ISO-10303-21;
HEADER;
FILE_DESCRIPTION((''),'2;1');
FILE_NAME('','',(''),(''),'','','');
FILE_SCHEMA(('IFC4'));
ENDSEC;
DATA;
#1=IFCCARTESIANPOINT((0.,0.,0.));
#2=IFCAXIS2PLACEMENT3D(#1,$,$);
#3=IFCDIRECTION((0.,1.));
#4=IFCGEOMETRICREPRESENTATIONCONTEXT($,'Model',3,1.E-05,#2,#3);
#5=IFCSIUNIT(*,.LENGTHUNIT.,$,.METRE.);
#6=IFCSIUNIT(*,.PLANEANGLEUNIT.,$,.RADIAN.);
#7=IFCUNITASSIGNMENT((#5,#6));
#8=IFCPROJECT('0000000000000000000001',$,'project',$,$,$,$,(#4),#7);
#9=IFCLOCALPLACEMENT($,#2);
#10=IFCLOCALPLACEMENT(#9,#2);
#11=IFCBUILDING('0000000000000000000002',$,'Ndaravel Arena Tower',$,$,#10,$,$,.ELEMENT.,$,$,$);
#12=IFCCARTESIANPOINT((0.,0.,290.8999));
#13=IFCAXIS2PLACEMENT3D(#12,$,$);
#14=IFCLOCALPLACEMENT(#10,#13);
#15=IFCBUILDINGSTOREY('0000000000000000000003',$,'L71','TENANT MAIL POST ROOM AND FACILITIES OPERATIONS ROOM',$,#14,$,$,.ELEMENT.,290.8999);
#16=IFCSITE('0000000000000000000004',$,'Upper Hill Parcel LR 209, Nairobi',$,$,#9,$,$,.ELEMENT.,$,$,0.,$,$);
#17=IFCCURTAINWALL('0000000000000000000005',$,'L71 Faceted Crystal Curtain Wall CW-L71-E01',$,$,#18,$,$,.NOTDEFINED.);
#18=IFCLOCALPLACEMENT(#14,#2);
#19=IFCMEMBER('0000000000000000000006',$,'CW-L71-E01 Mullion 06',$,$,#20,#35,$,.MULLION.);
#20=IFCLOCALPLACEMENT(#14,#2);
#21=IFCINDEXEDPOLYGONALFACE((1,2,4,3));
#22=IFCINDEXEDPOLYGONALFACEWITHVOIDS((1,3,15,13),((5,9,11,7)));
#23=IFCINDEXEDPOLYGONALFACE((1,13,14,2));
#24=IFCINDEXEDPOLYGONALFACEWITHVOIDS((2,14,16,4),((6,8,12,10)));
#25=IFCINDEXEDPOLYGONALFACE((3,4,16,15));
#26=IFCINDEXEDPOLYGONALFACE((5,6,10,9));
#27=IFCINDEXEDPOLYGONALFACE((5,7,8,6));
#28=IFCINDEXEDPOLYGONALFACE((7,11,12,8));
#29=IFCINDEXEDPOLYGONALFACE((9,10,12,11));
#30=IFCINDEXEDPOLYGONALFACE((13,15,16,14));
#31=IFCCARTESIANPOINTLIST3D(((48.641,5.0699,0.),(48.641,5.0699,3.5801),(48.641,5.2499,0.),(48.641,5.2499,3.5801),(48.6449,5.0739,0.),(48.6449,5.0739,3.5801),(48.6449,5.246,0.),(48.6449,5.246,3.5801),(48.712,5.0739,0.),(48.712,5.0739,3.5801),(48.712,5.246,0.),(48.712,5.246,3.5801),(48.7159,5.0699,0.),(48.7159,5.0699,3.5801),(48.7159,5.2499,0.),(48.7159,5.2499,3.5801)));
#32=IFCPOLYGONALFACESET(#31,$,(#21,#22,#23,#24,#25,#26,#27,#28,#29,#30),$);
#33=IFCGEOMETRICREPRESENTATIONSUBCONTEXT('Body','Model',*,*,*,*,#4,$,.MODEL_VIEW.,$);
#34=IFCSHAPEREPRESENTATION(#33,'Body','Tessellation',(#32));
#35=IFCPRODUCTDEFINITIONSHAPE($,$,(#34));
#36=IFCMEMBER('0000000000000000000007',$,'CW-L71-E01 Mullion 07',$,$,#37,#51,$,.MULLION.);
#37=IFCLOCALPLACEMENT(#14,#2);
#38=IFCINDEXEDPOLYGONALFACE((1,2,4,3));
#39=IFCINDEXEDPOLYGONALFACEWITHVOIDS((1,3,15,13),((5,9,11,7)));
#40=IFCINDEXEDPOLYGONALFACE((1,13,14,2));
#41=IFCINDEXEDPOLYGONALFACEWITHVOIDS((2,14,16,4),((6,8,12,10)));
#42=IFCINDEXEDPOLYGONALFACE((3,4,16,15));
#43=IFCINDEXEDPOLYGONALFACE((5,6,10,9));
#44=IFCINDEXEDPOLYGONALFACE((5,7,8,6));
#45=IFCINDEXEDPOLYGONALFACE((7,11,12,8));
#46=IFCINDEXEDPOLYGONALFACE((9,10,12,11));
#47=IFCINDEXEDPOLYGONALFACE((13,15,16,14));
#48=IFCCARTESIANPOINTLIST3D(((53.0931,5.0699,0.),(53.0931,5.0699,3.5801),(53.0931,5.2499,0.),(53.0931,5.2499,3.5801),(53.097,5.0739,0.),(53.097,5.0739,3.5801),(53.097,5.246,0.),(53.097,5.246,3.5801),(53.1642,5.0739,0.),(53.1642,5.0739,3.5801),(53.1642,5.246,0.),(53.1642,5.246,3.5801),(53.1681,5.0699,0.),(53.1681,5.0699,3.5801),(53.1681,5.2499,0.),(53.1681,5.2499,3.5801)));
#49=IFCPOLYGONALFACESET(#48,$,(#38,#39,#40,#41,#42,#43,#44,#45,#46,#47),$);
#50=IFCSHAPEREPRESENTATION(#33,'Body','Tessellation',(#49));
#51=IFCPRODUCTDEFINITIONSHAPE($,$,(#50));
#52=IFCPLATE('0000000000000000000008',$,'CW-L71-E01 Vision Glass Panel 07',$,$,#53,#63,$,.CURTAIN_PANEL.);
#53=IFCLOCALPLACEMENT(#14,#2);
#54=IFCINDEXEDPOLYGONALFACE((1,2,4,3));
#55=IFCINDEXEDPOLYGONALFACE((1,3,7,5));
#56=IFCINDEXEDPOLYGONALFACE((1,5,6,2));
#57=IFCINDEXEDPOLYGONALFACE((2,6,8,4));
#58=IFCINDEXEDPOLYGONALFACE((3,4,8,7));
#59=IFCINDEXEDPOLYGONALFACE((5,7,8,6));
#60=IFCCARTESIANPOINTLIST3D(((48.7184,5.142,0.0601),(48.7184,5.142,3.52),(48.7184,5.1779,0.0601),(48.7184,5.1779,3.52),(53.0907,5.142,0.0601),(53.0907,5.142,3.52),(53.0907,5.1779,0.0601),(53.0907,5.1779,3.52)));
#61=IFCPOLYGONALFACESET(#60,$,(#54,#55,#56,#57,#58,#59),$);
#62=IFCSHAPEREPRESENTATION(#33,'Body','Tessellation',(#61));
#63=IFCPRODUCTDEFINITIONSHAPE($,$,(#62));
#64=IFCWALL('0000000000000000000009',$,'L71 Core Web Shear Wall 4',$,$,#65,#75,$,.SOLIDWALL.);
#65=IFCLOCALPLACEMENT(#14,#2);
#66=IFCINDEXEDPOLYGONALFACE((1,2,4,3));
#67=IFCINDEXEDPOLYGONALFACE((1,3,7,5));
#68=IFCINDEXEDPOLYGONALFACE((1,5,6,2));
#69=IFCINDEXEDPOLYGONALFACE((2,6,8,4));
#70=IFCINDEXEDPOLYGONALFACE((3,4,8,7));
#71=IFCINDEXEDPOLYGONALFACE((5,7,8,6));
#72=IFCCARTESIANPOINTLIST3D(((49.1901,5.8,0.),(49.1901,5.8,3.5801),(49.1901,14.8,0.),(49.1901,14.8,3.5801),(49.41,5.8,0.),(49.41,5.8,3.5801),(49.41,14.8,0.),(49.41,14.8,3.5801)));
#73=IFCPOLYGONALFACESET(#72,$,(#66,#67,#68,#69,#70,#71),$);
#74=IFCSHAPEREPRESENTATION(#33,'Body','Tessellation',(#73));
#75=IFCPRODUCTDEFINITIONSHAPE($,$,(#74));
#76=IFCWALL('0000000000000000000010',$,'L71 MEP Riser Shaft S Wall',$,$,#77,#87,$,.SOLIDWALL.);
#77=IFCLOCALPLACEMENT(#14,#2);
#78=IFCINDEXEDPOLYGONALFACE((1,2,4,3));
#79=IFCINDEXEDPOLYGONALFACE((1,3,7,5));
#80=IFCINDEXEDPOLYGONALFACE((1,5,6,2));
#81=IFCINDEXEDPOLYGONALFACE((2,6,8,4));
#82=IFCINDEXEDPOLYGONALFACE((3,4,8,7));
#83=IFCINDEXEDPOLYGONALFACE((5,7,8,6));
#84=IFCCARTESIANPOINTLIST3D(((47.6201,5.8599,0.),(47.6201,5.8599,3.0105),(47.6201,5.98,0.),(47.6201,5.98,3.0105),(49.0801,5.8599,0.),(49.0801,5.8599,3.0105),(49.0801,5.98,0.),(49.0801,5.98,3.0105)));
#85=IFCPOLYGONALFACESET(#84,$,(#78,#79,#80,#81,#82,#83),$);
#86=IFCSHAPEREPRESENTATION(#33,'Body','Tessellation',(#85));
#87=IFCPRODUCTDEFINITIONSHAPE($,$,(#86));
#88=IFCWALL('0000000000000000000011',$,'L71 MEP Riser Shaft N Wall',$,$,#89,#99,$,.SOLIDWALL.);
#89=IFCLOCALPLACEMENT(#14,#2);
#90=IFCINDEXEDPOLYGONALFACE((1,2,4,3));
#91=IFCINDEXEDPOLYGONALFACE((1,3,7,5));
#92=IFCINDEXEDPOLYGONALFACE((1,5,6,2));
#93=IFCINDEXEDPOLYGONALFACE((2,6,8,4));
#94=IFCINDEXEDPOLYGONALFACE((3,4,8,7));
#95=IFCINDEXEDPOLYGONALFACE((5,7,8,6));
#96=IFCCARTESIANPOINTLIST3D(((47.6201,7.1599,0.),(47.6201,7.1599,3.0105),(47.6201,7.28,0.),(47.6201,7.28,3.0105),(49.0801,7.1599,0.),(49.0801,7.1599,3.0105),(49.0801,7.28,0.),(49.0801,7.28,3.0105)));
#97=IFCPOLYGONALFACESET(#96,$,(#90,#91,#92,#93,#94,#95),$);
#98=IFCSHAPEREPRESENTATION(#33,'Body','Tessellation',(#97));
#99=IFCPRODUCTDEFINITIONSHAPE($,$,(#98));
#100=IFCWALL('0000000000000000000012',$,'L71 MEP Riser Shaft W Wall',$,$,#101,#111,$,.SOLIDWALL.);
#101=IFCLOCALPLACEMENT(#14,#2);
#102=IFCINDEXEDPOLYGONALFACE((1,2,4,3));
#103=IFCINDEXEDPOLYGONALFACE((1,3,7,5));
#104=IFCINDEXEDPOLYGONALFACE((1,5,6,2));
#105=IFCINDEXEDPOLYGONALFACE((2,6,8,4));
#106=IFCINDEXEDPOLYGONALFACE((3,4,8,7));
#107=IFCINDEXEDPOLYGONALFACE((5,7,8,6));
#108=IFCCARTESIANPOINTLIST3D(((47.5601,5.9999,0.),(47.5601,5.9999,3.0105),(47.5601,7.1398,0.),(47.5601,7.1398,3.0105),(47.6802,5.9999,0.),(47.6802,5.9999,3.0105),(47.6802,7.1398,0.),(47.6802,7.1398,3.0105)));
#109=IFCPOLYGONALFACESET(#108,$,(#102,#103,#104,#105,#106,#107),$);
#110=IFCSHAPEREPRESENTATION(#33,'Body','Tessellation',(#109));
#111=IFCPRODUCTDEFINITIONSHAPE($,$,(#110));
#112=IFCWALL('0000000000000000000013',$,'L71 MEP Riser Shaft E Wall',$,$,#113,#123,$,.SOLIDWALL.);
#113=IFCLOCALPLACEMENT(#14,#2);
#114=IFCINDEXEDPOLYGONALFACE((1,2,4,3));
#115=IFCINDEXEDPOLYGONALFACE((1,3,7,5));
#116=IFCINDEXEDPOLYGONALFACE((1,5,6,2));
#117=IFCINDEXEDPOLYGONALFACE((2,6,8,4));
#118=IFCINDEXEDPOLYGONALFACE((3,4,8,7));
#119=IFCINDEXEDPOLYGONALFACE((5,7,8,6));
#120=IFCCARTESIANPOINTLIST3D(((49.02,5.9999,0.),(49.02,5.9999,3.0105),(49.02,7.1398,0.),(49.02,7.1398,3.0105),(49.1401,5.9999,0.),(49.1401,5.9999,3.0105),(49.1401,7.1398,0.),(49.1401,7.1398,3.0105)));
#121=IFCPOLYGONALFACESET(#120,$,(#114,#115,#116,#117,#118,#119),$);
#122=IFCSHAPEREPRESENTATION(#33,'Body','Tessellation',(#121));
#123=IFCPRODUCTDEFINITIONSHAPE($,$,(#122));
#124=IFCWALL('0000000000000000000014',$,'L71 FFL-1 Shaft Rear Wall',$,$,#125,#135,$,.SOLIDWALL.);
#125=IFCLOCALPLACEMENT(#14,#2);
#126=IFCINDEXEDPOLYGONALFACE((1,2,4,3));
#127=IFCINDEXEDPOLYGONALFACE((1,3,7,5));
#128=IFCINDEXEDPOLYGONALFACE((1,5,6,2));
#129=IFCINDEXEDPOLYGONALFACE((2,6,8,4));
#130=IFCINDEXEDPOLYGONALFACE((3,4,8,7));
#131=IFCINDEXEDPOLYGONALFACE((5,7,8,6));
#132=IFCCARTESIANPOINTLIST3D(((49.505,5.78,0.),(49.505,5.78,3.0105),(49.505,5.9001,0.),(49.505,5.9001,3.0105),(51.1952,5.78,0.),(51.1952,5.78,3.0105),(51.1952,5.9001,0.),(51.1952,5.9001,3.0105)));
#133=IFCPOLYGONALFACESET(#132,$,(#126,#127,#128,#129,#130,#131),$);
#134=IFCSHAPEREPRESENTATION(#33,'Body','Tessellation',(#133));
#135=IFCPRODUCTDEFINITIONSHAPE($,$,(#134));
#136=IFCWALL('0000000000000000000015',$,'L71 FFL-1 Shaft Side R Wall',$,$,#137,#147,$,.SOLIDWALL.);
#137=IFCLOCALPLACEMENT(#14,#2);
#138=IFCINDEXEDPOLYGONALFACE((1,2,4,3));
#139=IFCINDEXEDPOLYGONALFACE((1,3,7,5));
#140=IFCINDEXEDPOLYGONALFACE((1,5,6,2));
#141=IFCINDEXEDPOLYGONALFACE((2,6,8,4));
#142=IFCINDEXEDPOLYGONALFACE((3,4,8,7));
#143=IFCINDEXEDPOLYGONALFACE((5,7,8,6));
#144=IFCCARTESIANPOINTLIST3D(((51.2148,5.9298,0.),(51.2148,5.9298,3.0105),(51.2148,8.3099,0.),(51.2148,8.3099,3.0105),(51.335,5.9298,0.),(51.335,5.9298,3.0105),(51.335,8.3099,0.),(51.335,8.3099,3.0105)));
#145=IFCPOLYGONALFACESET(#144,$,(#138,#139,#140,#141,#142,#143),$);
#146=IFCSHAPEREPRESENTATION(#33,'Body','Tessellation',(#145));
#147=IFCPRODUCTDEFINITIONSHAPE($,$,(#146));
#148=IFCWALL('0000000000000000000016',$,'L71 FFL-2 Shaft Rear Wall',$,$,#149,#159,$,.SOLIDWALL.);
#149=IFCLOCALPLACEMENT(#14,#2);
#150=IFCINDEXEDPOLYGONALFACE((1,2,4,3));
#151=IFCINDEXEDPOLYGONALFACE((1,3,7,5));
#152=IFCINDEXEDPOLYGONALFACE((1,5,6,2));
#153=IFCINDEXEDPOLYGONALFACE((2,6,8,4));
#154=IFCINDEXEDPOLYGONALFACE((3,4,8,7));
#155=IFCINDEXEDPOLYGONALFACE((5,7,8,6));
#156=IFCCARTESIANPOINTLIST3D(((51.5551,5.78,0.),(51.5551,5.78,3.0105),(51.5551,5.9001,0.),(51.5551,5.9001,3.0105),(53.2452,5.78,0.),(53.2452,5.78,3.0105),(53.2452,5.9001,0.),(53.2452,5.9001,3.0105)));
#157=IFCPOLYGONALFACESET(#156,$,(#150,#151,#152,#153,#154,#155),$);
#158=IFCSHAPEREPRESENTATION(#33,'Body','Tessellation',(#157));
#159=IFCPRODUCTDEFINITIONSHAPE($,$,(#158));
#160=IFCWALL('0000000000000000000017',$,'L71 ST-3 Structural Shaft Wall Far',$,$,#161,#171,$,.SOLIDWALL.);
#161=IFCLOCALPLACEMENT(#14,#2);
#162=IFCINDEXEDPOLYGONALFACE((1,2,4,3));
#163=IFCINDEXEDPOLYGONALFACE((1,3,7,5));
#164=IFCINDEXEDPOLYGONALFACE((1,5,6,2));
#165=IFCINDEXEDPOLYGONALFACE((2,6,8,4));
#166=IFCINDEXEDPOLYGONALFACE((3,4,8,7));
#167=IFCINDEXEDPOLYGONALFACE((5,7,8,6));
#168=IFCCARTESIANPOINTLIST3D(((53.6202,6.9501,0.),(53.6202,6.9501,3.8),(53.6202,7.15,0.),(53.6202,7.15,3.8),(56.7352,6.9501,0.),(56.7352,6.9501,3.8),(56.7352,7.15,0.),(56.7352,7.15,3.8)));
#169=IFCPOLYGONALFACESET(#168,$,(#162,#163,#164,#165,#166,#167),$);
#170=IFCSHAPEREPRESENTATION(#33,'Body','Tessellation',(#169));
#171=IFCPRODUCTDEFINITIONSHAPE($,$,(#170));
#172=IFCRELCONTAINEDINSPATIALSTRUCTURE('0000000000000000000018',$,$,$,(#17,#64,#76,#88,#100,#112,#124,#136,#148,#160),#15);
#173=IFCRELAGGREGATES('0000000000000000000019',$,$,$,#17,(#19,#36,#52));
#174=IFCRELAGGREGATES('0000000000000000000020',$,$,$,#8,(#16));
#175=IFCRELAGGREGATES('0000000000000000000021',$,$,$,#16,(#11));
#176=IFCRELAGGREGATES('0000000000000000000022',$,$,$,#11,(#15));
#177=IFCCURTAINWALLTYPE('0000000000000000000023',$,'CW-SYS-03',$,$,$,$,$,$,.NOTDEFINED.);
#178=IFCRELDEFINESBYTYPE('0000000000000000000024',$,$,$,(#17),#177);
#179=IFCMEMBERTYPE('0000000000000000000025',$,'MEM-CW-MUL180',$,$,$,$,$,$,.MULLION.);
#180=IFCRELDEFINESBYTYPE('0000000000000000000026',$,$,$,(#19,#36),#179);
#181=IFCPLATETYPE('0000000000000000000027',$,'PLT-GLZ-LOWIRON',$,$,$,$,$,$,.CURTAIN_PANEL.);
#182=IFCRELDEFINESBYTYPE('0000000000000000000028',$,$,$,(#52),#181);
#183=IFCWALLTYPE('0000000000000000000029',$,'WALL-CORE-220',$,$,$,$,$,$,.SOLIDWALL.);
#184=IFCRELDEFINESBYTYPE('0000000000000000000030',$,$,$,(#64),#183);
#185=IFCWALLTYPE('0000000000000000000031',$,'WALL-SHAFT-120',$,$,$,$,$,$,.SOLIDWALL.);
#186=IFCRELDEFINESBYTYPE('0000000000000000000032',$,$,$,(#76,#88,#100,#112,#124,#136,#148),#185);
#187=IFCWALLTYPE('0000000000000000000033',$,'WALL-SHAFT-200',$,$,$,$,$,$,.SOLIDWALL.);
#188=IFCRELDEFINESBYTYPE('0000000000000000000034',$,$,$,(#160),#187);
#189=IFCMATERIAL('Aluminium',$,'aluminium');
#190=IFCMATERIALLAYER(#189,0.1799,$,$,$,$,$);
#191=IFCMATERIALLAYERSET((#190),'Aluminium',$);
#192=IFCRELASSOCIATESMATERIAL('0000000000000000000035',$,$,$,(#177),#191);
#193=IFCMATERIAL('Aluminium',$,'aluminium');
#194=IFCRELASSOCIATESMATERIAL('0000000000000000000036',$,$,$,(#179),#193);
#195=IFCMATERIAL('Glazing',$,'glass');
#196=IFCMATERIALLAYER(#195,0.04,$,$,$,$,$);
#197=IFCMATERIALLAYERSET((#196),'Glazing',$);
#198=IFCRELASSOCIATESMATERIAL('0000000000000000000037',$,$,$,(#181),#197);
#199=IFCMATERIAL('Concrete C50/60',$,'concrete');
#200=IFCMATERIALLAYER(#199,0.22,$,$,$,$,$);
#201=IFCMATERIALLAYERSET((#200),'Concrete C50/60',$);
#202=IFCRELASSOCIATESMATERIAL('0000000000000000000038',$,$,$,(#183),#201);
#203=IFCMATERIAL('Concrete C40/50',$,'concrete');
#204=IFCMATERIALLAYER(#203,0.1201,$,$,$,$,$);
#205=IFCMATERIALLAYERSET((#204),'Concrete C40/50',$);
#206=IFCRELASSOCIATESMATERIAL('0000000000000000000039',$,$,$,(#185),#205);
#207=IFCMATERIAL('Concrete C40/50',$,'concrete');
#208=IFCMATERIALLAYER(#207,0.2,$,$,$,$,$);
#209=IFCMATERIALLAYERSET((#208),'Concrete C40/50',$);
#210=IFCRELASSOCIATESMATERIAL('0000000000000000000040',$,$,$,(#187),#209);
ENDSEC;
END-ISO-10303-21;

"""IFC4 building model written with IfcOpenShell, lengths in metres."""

from ifc_helpers import new_model, si_unit, direction, frame, frame_2d, origin, origin_2d, place, context, subcontext, project, spatial, rectangle, hollow_rectangle, extrude, material, layer, layer_set, material_profile, profile_set, type_object, element, aggregate, save


model = new_model("IFC4")

# Units and contexts
model_context = context("Model", 3, precision=1e-05, world=origin(), true_north=direction((0.0, 1.0)))
body_context = subcontext(model_context, "Body", "Model", "MODEL_VIEW")
ifc_project = project(units=[si_unit("LENGTHUNIT", "METRE"), si_unit("PLANEANGLEUNIT", "RADIAN")], contexts=[model_context])

# Site, building, storey
site_placement = place(None, origin())
site = spatial("IfcSite", under=ifc_project, at=site_placement, Name="Upper Hill Parcel LR 209, Nairobi", CompositionType="ELEMENT", RefElevation=0.0)
building_placement = place(site_placement, origin())
building = spatial("IfcBuilding", under=site, at=building_placement, Name="Ndaravel Arena Tower", CompositionType="ELEMENT")
storey_placement = place(building_placement, frame((0.0, 0.0, 290.8999)))
storey = spatial("IfcBuildingStorey", under=building, at=storey_placement, Name="L71", Description="TENANT MAIL POST ROOM AND FACILITIES OPERATIONS ROOM", CompositionType="ELEMENT", Elevation=290.8999)

# Curtain wall, members, plate
ifc_material_1 = material(Name="Aluminium", Category="aluminium")
ifc_layer_1 = layer(ifc_material_1, 0.1799)
ifc_layer_set_1 = layer_set([ifc_layer_1], Name="Aluminium")
curtain_wall_type = type_object("IfcCurtainWallType", Name="CW-SYS-03", PredefinedType="NOTDEFINED", material=ifc_layer_set_1)
curtain_wall_placement = place(storey_placement, origin())
curtain_wall = element("IfcCurtainWall", 1, at=curtain_wall_placement, inside=storey, type_object=curtain_wall_type, Name="L71 Faceted Crystal Curtain Wall CW-L71-E01", PredefinedType="NOTDEFINED")
ifc_material_2 = material(Name="Aluminium", Category="aluminium")
ifc_material_profile = material_profile(ifc_material_2, hollow_rectangle(XDim=0.075, YDim=0.1799, WallThickness=0.0039, at=origin_2d()), Name="CW MULLION 75x180x4")
ifc_profile_set = profile_set([ifc_material_profile], Name="Aluminium")
member_type = type_object("IfcMemberType", Name="MEM-CW-MUL180", PredefinedType="MULLION", material=ifc_profile_set)
member_1_placement = place(storey_placement, frame((48.6785, 5.1599, 0.0), z_axis=(0.0, 0.0, 1.0), x_axis=(1.0, 0.0, 0.0)))
member_1 = element("IfcMember", 2, at=member_1_placement, type_object=member_type, Name="CW-L71-E01 Mullion 06", PredefinedType="MULLION", context=body_context, shape_type="SweptSolid", body=[
    extrude(hollow_rectangle(XDim=0.075, YDim=0.1799, WallThickness=0.0039, at=origin_2d()), origin(), (0.0, 0.0, 1.0), 3.5801),
])
member_2_placement = place(storey_placement, frame((53.1306, 5.1599, 0.0), z_axis=(0.0, 0.0, 1.0), x_axis=(1.0, 0.0, 0.0)))
member_2 = element("IfcMember", 3, at=member_2_placement, type_object=member_type, Name="CW-L71-E01 Mullion 07", PredefinedType="MULLION", context=body_context, shape_type="SweptSolid", body=[
    extrude(hollow_rectangle(XDim=0.075, YDim=0.1799, WallThickness=0.0039, at=origin_2d()), origin(), (0.0, 0.0, 1.0), 3.5801),
])
ifc_material_3 = material(Name="Glazing", Category="glass")
ifc_layer_2 = layer(ifc_material_3, 0.04)
ifc_layer_set_2 = layer_set([ifc_layer_2], Name="Glazing")
plate_type = type_object("IfcPlateType", Name="PLT-GLZ-LOWIRON", PredefinedType="CURTAIN_PANEL", material=ifc_layer_set_2)
plate_placement = place(storey_placement, frame((50.9045, 5.1599, 0.0601), z_axis=(0.0, 0.0, 1.0), x_axis=(1.0, 0.0, 0.0)))
plate = element("IfcPlate", 4, at=plate_placement, type_object=plate_type, Name="CW-L71-E01 Vision Glass Panel 07", PredefinedType="CURTAIN_PANEL", context=body_context, shape_type="SweptSolid", body=[
    extrude(rectangle(XDim=4.3723, YDim=0.0359, at=origin_2d()), origin(), (0.0, 0.0, 1.0), 3.46),
])
aggregate(curtain_wall, [member_1, member_2, plate])

# Wall
ifc_material_4 = material(Name="Concrete C50/60", Category="concrete")
ifc_layer_3 = layer(ifc_material_4, 0.22)
ifc_layer_set_3 = layer_set([ifc_layer_3], Name="Concrete C50/60")
wall_type_1 = type_object("IfcWallType", Name="WALL-CORE-220", PredefinedType="SOLIDWALL", material=ifc_layer_set_3)
wall_1_placement = place(storey_placement, frame((49.3, 5.8, 0.0), z_axis=(0.0, 0.0, 1.0), x_axis=(0.0, 1.0, 0.0)))
element("IfcWall", 5, at=wall_1_placement, inside=storey, type_object=wall_type_1, Name="L71 Core Web Shear Wall 4", PredefinedType="SOLIDWALL", context=body_context, shape_type="SweptSolid", body=[
    extrude(rectangle(XDim=9.0, YDim=0.22, at=frame_2d((4.5, 0.0))), origin(), (0.0, 0.0, 1.0), 3.5801),
])

# Walls
ifc_material_5 = material(Name="Concrete C40/50", Category="concrete")
ifc_layer_4 = layer(ifc_material_5, 0.1201)
ifc_layer_set_4 = layer_set([ifc_layer_4], Name="Concrete C40/50")
wall_type_2 = type_object("IfcWallType", Name="WALL-SHAFT-120", PredefinedType="SOLIDWALL", material=ifc_layer_set_4)
for number, where, z_axis, x_axis, name in (
    (6, (47.6201, 5.9199, 0.0), (0.0, 0.0, 1.0), (1.0, 0.0, 0.0), "L71 MEP Riser Shaft S Wall"),
    (7, (47.6201, 7.22, 0.0), (0.0, 0.0, 1.0), (1.0, 0.0, 0.0), "L71 MEP Riser Shaft N Wall"),
):
    element("IfcWall", number, at=place(storey_placement, frame(where, z_axis=z_axis, x_axis=x_axis)), inside=storey, type_object=wall_type_2, Name=name, PredefinedType="SOLIDWALL", context=body_context, shape_type="SweptSolid", body=[
        extrude(rectangle(XDim=1.46, YDim=0.1201, at=frame_2d((0.73, 0.0))), origin(), (0.0, 0.0, 1.0), 3.0105),
    ])
for number, where, z_axis, x_axis, name in (
    (8, (47.6201, 6.0, 0.0), (0.0, 0.0, 1.0), (0.0, 1.0, 0.0), "L71 MEP Riser Shaft W Wall"),
    (9, (49.0801, 6.0, 0.0), (0.0, 0.0, 1.0), (0.0, 1.0, 0.0), "L71 MEP Riser Shaft E Wall"),
):
    element("IfcWall", number, at=place(storey_placement, frame(where, z_axis=z_axis, x_axis=x_axis)), inside=storey, type_object=wall_type_2, Name=name, PredefinedType="SOLIDWALL", context=body_context, shape_type="SweptSolid", body=[
        extrude(rectangle(XDim=1.1399, YDim=0.1201, at=frame_2d((0.5698, 0.0))), origin(), (0.0, 0.0, 1.0), 3.0105),
    ])
wall_2_placement = place(storey_placement, frame((49.5049, 5.8401, 0.0), z_axis=(0.0, 0.0, 1.0), x_axis=(1.0, 0.0, 0.0)))
element("IfcWall", 10, at=wall_2_placement, inside=storey, type_object=wall_type_2, Name="L71 FFL-1 Shaft Rear Wall", PredefinedType="SOLIDWALL", context=body_context, shape_type="SweptSolid", body=[
    extrude(rectangle(XDim=1.6902, YDim=0.1201, at=frame_2d((0.8452, 0.0))), origin(), (0.0, 0.0, 1.0), 3.0105),
])
wall_3_placement = place(storey_placement, frame((51.2749, 5.9299, 0.0), z_axis=(0.0, 0.0, 1.0), x_axis=(0.0, 1.0, 0.0)))
element("IfcWall", 11, at=wall_3_placement, inside=storey, type_object=wall_type_2, Name="L71 FFL-1 Shaft Side R Wall", PredefinedType="SOLIDWALL", context=body_context, shape_type="SweptSolid", body=[
    extrude(rectangle(XDim=2.3801, YDim=0.1201, at=frame_2d((1.1899, 0.0))), origin(), (0.0, 0.0, 1.0), 3.0105),
])
wall_4_placement = place(storey_placement, frame((51.5549, 5.8401, 0.0), z_axis=(0.0, 0.0, 1.0), x_axis=(1.0, 0.0, 0.0)))
element("IfcWall", 12, at=wall_4_placement, inside=storey, type_object=wall_type_2, Name="L71 FFL-2 Shaft Rear Wall", PredefinedType="SOLIDWALL", context=body_context, shape_type="SweptSolid", body=[
    extrude(rectangle(XDim=1.6902, YDim=0.1201, at=frame_2d((0.8452, 0.0))), origin(), (0.0, 0.0, 1.0), 3.0105),
])
ifc_material_6 = material(Name="Concrete C40/50", Category="concrete")
ifc_layer_5 = layer(ifc_material_6, 0.2)
ifc_layer_set_5 = layer_set([ifc_layer_5], Name="Concrete C40/50")
wall_type_3 = type_object("IfcWallType", Name="WALL-SHAFT-200", PredefinedType="SOLIDWALL", material=ifc_layer_set_5)
wall_5_placement = place(storey_placement, frame((53.6201, 7.05, 0.0), z_axis=(0.0, 0.0, 1.0), x_axis=(1.0, 0.0, 0.0)))
element("IfcWall", 13, at=wall_5_placement, inside=storey, type_object=wall_type_3, Name="L71 ST-3 Structural Shaft Wall Far", PredefinedType="SOLIDWALL", context=body_context, shape_type="SweptSolid", body=[
    extrude(rectangle(XDim=3.115, YDim=0.2, at=frame_2d((1.5576, 0.0))), origin(), (0.0, 0.0, 1.0), 3.8),
])

save(model, "model.ifc")
